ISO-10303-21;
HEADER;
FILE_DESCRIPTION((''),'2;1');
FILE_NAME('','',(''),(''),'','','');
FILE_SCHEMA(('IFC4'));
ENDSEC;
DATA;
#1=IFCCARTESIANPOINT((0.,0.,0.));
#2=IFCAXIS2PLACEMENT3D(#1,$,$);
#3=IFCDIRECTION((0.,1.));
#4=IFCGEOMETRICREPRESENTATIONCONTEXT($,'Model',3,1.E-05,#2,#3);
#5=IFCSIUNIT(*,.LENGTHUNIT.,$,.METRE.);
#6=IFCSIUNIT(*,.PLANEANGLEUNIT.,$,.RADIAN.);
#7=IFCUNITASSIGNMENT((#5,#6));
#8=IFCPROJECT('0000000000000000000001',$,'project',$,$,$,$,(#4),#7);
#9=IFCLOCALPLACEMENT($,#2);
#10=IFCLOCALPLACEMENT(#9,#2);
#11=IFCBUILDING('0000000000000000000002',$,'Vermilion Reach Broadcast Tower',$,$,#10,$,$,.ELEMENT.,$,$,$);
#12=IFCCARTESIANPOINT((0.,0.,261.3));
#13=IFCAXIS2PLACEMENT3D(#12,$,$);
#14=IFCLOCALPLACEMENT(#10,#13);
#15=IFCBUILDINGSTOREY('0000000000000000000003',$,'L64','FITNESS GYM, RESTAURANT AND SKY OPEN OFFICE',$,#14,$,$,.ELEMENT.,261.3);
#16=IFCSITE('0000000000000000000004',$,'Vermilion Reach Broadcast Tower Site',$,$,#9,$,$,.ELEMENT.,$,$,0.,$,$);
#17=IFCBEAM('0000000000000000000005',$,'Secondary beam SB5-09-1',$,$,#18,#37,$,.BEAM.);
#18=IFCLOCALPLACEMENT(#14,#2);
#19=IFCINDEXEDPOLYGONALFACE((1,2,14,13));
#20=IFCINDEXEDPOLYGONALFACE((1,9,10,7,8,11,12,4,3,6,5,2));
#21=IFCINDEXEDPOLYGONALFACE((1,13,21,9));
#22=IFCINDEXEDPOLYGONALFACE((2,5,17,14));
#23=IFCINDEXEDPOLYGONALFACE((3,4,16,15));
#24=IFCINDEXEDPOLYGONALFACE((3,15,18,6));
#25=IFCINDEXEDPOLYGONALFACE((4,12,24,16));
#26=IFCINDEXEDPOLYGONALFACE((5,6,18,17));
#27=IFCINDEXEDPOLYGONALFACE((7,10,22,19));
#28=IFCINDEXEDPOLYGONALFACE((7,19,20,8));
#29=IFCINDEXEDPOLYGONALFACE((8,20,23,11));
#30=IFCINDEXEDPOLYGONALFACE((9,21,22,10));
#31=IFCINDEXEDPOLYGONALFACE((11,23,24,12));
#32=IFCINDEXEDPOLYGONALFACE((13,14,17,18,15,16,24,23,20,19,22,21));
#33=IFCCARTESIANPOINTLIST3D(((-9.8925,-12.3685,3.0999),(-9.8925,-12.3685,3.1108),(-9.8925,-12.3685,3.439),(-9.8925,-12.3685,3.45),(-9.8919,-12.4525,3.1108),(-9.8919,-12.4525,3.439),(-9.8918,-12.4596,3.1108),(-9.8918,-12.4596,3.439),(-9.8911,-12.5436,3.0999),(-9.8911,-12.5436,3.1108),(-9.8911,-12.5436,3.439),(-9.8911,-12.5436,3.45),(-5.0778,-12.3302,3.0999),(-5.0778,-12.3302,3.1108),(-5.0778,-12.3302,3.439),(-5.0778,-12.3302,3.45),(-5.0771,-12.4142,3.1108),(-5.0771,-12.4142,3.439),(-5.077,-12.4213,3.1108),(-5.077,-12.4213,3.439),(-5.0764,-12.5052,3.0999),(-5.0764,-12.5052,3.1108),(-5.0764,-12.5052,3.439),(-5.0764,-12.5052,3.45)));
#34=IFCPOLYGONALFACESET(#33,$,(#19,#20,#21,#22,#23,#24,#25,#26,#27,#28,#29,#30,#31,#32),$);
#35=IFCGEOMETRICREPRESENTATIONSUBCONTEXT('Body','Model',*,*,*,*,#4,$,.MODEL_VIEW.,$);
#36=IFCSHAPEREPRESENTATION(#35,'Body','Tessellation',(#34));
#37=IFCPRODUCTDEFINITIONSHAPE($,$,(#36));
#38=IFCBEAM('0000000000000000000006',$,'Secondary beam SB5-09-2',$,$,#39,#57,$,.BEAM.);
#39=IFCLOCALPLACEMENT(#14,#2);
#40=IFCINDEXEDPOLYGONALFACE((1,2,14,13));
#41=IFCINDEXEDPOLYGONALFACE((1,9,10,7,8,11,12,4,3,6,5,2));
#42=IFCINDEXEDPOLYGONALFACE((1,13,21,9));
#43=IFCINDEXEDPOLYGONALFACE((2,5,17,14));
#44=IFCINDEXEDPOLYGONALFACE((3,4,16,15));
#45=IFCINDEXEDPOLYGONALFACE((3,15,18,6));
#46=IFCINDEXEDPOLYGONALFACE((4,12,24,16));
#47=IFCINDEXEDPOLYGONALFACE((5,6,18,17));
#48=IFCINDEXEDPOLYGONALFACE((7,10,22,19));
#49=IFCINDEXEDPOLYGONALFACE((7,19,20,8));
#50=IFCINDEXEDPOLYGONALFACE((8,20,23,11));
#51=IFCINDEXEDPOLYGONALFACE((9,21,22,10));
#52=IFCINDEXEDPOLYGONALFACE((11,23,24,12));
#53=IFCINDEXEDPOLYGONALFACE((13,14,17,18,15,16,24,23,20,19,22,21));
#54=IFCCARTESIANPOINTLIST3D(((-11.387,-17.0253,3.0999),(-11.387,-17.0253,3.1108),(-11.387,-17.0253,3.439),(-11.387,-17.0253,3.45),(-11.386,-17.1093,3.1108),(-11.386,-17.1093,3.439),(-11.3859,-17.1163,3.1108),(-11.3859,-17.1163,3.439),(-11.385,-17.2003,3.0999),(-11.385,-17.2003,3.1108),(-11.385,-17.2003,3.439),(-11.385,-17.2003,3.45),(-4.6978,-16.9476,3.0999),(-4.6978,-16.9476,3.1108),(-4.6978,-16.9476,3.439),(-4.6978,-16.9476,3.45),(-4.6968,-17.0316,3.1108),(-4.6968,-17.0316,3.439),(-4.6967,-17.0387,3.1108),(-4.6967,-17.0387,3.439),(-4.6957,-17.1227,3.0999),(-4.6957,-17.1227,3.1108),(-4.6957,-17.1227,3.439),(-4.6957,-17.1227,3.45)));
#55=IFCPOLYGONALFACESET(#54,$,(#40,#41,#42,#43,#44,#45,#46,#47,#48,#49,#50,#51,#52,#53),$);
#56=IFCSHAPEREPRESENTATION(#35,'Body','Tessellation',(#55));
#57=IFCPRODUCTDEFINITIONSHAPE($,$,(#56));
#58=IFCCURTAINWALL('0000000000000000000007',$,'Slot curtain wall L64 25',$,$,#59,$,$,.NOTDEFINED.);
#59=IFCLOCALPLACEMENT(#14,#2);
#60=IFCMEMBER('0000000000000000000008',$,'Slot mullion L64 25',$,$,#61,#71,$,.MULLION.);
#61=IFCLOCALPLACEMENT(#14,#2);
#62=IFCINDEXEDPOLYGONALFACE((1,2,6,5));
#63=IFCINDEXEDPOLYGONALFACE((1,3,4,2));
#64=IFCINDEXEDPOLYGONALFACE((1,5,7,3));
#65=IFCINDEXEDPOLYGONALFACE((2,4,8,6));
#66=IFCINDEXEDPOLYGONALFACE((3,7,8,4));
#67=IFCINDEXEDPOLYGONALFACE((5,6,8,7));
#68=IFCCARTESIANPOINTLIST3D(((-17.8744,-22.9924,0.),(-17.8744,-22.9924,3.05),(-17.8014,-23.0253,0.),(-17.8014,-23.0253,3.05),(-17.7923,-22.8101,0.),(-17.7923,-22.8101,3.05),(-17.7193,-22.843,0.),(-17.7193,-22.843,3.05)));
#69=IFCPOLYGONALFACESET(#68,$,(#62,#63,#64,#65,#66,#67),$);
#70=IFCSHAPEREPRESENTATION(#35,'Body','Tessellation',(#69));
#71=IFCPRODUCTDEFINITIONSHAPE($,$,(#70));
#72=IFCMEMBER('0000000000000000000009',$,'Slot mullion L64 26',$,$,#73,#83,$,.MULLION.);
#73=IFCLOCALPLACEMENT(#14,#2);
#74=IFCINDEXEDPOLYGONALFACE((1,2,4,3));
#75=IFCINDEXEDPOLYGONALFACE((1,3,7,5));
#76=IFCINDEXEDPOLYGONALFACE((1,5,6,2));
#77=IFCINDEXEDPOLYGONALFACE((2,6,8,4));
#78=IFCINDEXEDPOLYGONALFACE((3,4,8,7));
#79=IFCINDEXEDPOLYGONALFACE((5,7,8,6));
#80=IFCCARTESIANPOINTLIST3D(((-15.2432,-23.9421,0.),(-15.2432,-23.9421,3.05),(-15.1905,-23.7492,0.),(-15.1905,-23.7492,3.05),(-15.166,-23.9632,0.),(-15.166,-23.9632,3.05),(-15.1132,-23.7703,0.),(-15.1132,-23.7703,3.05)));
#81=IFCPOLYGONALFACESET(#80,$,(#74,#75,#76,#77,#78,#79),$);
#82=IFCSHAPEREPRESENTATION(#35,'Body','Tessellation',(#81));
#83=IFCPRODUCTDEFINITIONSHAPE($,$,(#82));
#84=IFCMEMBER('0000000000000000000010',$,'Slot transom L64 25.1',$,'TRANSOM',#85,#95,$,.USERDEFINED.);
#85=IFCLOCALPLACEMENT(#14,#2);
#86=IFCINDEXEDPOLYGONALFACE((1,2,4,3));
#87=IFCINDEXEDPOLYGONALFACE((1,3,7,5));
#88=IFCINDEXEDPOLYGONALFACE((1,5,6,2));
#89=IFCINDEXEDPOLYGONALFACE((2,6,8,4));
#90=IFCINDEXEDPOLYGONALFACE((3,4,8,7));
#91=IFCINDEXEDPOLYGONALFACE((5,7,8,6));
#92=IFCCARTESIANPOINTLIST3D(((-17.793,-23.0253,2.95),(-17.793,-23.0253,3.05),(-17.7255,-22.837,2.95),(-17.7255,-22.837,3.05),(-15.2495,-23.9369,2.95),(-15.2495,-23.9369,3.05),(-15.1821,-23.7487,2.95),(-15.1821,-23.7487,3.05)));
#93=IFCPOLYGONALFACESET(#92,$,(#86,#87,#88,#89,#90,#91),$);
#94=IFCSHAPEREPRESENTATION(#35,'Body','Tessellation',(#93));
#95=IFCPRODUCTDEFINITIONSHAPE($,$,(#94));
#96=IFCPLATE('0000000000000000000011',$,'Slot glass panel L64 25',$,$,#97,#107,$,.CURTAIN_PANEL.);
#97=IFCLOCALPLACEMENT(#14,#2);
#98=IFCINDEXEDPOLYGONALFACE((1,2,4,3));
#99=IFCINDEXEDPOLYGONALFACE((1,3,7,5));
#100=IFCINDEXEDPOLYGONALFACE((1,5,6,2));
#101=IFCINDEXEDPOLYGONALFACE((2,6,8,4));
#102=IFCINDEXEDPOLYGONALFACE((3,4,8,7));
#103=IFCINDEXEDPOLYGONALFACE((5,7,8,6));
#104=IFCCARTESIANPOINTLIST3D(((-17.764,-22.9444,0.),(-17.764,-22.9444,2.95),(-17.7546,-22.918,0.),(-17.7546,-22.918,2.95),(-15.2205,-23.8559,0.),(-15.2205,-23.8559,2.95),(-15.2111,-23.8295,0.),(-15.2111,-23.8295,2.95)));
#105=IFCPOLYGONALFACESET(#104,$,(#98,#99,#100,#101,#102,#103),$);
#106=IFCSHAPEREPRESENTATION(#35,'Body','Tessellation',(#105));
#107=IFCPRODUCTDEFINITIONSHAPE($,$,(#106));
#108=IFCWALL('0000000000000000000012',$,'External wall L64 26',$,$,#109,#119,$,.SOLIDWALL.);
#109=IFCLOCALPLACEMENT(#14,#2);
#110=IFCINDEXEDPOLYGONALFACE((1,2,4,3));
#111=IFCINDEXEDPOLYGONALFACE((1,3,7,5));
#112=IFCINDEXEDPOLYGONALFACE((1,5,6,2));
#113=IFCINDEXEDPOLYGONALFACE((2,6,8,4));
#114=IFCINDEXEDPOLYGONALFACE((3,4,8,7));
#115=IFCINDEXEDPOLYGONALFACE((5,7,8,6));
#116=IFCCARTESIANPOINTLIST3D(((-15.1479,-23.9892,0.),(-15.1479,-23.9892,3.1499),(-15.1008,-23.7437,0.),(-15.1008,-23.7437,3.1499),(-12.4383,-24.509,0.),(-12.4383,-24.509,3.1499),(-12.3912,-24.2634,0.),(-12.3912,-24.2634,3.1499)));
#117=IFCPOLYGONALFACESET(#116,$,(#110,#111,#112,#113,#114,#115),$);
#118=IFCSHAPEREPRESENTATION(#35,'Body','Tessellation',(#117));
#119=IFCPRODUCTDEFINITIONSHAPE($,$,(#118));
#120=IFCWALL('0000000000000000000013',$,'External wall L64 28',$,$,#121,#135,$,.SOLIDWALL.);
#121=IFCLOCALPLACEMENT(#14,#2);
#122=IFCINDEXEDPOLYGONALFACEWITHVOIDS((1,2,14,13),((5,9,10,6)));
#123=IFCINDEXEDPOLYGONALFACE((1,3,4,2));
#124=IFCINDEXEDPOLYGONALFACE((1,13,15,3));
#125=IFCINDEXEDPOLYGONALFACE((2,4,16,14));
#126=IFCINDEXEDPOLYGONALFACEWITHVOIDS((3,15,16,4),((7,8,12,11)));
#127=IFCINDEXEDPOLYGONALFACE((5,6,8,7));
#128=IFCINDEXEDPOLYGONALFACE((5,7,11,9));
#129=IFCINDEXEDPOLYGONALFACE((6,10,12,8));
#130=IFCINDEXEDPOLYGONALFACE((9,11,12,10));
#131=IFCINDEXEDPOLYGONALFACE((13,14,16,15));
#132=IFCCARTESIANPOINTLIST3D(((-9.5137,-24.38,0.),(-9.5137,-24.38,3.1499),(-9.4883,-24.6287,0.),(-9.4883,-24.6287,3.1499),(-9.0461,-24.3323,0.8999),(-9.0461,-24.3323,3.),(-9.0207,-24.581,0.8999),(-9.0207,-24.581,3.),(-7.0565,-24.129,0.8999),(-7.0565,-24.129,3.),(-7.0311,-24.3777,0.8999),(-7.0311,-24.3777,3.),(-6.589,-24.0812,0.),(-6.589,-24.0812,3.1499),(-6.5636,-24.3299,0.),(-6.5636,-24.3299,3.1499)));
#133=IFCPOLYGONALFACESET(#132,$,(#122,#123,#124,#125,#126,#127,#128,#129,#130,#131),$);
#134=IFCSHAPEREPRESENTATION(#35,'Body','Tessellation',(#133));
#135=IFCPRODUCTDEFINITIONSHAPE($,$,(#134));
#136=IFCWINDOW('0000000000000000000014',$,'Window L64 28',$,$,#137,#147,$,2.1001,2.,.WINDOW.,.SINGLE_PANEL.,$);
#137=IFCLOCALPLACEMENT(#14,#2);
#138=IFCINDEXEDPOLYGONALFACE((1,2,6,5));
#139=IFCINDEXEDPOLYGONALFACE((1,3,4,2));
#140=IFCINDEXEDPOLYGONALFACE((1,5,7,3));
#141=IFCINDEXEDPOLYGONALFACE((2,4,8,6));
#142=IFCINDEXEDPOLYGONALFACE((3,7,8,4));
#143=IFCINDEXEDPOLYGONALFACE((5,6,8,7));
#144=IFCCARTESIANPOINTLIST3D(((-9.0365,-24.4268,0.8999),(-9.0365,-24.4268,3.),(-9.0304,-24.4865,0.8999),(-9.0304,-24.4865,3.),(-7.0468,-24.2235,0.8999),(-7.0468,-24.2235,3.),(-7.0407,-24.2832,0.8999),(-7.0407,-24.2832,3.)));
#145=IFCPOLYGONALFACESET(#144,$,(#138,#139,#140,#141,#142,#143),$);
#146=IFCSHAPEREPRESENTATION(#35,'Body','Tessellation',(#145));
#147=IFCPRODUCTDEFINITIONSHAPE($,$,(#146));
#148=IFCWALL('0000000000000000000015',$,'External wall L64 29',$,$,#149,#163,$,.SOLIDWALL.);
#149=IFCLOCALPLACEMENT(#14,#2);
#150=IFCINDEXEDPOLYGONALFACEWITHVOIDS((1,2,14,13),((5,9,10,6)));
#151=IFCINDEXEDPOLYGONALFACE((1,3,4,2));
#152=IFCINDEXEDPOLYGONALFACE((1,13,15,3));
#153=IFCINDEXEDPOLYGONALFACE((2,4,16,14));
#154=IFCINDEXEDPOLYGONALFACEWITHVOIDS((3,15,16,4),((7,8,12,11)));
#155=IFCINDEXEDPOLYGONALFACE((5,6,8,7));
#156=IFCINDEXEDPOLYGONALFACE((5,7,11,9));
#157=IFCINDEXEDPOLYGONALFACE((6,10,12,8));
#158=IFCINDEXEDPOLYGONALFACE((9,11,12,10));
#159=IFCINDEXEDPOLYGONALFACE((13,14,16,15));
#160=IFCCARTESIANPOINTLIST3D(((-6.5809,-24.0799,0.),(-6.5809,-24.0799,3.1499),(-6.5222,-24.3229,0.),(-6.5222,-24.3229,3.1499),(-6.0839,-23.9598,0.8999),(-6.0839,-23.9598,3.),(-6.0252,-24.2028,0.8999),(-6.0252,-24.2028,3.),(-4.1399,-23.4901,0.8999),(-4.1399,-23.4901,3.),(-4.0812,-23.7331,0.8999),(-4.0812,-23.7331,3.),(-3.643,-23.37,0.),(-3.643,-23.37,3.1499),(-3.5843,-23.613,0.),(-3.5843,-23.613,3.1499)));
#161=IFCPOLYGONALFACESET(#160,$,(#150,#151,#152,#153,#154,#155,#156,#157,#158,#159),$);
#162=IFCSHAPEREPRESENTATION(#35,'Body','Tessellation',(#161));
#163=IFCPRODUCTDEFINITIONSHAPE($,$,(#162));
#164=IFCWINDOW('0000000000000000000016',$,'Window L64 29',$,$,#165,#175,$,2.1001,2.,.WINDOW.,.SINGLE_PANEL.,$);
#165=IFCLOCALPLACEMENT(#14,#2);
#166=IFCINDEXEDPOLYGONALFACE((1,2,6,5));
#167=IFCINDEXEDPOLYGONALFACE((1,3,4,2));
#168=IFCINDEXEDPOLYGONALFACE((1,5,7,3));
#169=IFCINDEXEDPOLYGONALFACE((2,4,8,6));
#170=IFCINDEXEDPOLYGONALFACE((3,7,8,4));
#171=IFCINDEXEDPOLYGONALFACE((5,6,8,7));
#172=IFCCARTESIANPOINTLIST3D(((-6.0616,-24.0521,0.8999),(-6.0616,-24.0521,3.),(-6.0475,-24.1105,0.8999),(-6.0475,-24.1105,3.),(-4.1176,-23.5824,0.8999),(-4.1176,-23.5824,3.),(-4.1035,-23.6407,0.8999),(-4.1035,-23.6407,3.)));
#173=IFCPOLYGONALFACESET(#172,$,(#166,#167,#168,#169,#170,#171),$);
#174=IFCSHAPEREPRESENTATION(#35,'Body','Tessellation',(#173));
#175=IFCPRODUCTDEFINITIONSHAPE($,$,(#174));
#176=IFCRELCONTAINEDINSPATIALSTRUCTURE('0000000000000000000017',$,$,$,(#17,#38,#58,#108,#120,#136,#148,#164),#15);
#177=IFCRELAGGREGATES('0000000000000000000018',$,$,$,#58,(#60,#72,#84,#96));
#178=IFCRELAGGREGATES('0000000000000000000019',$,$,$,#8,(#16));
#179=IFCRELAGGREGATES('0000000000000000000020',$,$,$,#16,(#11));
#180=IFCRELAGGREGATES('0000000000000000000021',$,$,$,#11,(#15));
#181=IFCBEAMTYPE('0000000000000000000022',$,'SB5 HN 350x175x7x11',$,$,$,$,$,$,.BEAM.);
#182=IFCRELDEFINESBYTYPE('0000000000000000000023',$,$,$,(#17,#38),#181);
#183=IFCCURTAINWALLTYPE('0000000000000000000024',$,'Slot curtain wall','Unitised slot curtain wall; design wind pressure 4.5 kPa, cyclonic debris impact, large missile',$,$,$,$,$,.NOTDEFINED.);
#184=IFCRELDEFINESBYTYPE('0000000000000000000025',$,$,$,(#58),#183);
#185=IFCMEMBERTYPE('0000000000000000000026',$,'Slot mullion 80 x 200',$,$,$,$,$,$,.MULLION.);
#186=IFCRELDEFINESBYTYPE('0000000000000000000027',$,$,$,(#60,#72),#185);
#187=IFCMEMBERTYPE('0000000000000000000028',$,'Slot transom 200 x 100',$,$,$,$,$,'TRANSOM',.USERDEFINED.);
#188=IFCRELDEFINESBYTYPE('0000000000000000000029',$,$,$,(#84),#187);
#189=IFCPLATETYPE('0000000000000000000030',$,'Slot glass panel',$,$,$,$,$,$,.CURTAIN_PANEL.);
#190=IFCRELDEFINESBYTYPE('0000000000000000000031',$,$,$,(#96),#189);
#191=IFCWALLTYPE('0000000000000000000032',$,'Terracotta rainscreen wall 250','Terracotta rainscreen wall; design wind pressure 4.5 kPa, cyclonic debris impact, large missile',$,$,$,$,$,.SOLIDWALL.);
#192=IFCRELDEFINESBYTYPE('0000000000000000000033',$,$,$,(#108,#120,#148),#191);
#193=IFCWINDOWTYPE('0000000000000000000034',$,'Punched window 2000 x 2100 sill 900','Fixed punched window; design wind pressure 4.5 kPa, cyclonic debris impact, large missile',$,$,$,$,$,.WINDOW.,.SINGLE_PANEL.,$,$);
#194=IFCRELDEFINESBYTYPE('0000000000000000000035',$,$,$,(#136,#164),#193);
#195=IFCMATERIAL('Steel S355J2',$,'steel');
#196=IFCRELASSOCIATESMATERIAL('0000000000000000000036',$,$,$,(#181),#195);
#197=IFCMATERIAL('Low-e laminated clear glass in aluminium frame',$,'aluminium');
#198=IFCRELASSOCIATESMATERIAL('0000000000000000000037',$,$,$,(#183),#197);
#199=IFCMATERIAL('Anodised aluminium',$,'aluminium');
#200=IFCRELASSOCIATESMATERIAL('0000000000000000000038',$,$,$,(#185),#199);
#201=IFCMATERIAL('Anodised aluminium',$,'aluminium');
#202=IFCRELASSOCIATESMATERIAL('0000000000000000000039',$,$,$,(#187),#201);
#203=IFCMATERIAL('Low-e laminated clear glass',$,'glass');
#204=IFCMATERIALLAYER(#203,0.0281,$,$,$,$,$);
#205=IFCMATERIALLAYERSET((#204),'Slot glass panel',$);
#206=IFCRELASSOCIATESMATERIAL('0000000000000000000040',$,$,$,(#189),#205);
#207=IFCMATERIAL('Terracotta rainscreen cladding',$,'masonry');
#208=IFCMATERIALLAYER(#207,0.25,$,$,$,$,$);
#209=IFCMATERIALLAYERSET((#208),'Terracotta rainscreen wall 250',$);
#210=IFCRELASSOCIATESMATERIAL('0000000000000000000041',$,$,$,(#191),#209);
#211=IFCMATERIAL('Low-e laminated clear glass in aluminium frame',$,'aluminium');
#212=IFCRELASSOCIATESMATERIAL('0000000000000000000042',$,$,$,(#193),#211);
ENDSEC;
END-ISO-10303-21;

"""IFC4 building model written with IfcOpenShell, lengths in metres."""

from ifc_helpers import new_model, si_unit, direction, frame, frame_2d, origin, origin_2d, place, context, subcontext, project, spatial, rectangle, i_section, extrude, material, layer, layer_set, material_profile, profile_set, type_object, element, fill, aggregate, save


model = new_model("IFC4")

# Units and contexts
model_context = context("Model", 3, precision=1e-05, world=origin(), true_north=direction((0.0, 1.0)))
body_context = subcontext(model_context, "Body", "Model", "MODEL_VIEW")
ifc_project = project(units=[si_unit("LENGTHUNIT", "METRE"), si_unit("PLANEANGLEUNIT", "RADIAN")], contexts=[model_context])

# Site, building, storey
site_placement = place(None, origin())
site = spatial("IfcSite", under=ifc_project, at=site_placement, Name="Vermilion Reach Broadcast Tower Site", CompositionType="ELEMENT", RefElevation=0.0)
building_placement = place(site_placement, origin())
building = spatial("IfcBuilding", under=site, at=building_placement, Name="Vermilion Reach Broadcast Tower", CompositionType="ELEMENT")
storey_placement = place(building_placement, frame((0.0, 0.0, 261.3)))
storey = spatial("IfcBuildingStorey", under=building, at=storey_placement, Name="L64", Description="FITNESS GYM, RESTAURANT AND SKY OPEN OFFICE", CompositionType="ELEMENT", Elevation=261.3)

# Beams
ifc_material_1 = material(Name="Steel S355J2", Category="steel")
ifc_material_profile_1 = material_profile(ifc_material_1, i_section(OverallWidth=0.175, OverallDepth=0.3501, WebThickness=0.0071, FlangeThickness=0.011, at=origin_2d()), Name="S355J2 HN 350x175x7x11")
ifc_profile_set_1 = profile_set([ifc_material_profile_1], Name="Steel S355J2")
beam_type_1 = type_object("IfcBeamType", Name="SB5 HN 350x175x7x11", PredefinedType="BEAM", material=ifc_profile_set_1)
beam_1_placement = place(storey_placement, frame((-9.8918, -12.4561, 3.2749), z_axis=(0.999968, 0.007961, 0.0), x_axis=(-0.007961, 0.999968, 0.0)))
element("IfcBeam", 1, at=beam_1_placement, inside=storey, type_object=beam_type_1, Name="Secondary beam SB5-09-1", PredefinedType="BEAM", context=body_context, shape_type="SweptSolid", body=[
    extrude(i_section(OverallWidth=0.175, OverallDepth=0.3501, WebThickness=0.0071, FlangeThickness=0.011, at=origin_2d()), origin(), (0.0, 0.0, 1.0), 4.8149),
])
beam_2_placement = place(storey_placement, frame((-11.386, -17.1128, 3.2749), z_axis=(0.999933, 0.011605, 0.0), x_axis=(-0.011605, 0.999933, 0.0)))
element("IfcBeam", 2, at=beam_2_placement, inside=storey, type_object=beam_type_1, Name="Secondary beam SB5-09-2", PredefinedType="BEAM", context=body_context, shape_type="SweptSolid", body=[
    extrude(i_section(OverallWidth=0.175, OverallDepth=0.3501, WebThickness=0.0071, FlangeThickness=0.011, at=origin_2d()), origin(), (0.0, 0.0, 1.0), 6.6897),
])

# Curtain wall, members, plate
ifc_material_2 = material(Name="Low-e laminated clear glass in aluminium frame", Category="aluminium")
curtain_wall_type = type_object("IfcCurtainWallType", Name="Slot curtain wall", Description="Unitised slot curtain wall; design wind pressure 4.5 kPa, cyclonic debris impact, large missile", PredefinedType="NOTDEFINED", material=ifc_material_2)
curtain_wall_placement = place(storey_placement, origin())
curtain_wall = element("IfcCurtainWall", 3, at=curtain_wall_placement, inside=storey, type_object=curtain_wall_type, Name="Slot curtain wall L64 25", PredefinedType="NOTDEFINED")
ifc_material_3 = material(Name="Anodised aluminium", Category="aluminium")
ifc_material_profile_2 = material_profile(ifc_material_3, rectangle(XDim=0.2, YDim=0.0801, at=origin_2d()), Name="Slot mullion 80 x 200")
ifc_profile_set_2 = profile_set([ifc_material_profile_2], Name="Anodised aluminium")
member_type_1 = type_object("IfcMemberType", Name="Slot mullion 80 x 200", PredefinedType="MULLION", material=ifc_profile_set_2)
member_1_placement = place(storey_placement, frame((-17.7969, -22.9177, 0.0), z_axis=(0.0, 0.0, 1.0), x_axis=(0.410736, 0.911754, 0.0)))
member_1 = element("IfcMember", 4, at=member_1_placement, type_object=member_type_1, Name="Slot mullion L64 25", PredefinedType="MULLION", context=body_context, shape_type="SweptSolid", body=[
    extrude(rectangle(XDim=0.2, YDim=0.0801, at=origin_2d()), origin(), (0.0, 0.0, 1.0), 3.05),
])
member_2_placement = place(storey_placement, frame((-15.1782, -23.8562, 0.0), z_axis=(0.0, 0.0, 1.0), x_axis=(0.263646, 0.964619, 0.0)))
member_2 = element("IfcMember", 5, at=member_2_placement, type_object=member_type_1, Name="Slot mullion L64 26", PredefinedType="MULLION", context=body_context, shape_type="SweptSolid", body=[
    extrude(rectangle(XDim=0.2, YDim=0.0801, at=origin_2d()), origin(), (0.0, 0.0, 1.0), 3.05),
])
ifc_material_4 = material(Name="Anodised aluminium", Category="aluminium")
ifc_material_profile_3 = material_profile(ifc_material_4, rectangle(XDim=0.2, YDim=0.1001, at=origin_2d()), Name="Slot transom 200 x 100")
ifc_profile_set_3 = profile_set([ifc_material_profile_3], Name="Anodised aluminium")
member_type_2 = type_object("IfcMemberType", Name="Slot transom 200 x 100", ElementType="TRANSOM", PredefinedType="USERDEFINED", material=ifc_profile_set_3)
member_3_placement = place(storey_placement, frame((-17.7593, -22.9312, 3.0), z_axis=(0.941361, -0.337401, 0.0), x_axis=(0.337401, 0.941361, 0.0)))
member_3 = element("IfcMember", 6, at=member_3_placement, type_object=member_type_2, Name="Slot transom L64 25.1", ObjectType="TRANSOM", PredefinedType="USERDEFINED", context=body_context, shape_type="SweptSolid", body=[
    extrude(rectangle(XDim=0.2, YDim=0.1001, at=origin_2d()), origin(), (0.0, 0.0, 1.0), 2.7019),
])
ifc_material_5 = material(Name="Low-e laminated clear glass", Category="glass")
ifc_layer_1 = layer(ifc_material_5, 0.0281)
ifc_layer_set_1 = layer_set([ifc_layer_1], Name="Slot glass panel")
plate_type = type_object("IfcPlateType", Name="Slot glass panel", PredefinedType="CURTAIN_PANEL", material=ifc_layer_set_1)
plate_placement = place(storey_placement, frame((-16.4875, -23.387, 0.0), z_axis=(0.0, 0.0, 1.0), x_axis=(0.94138, -0.337349, 0.0)))
plate = element("IfcPlate", 7, at=plate_placement, type_object=plate_type, Name="Slot glass panel L64 25", PredefinedType="CURTAIN_PANEL", context=body_context, shape_type="SweptSolid", body=[
    extrude(rectangle(XDim=2.7019, YDim=0.0281, at=origin_2d()), origin(), (0.0, 0.0, 1.0), 2.95),
])
aggregate(curtain_wall, [member_1, member_2, member_3, plate])

# Wall
ifc_material_6 = material(Name="Terracotta rainscreen cladding", Category="masonry")
ifc_layer_2 = layer(ifc_material_6, 0.25)
ifc_layer_set_2 = layer_set([ifc_layer_2], Name="Terracotta rainscreen wall 250")
wall_type = type_object("IfcWallType", Name="Terracotta rainscreen wall 250", Description="Terracotta rainscreen wall; design wind pressure 4.5 kPa, cyclonic debris impact, large missile", PredefinedType="SOLIDWALL", material=ifc_layer_set_2)
wall_1_placement = place(storey_placement, frame((-15.1243, -23.8665, 0.0), z_axis=(0.0, 0.0, 1.0), x_axis=(0.982095, -0.188385, 0.0)))
element("IfcWall", 8, at=wall_1_placement, inside=storey, type_object=wall_type, Name="External wall L64 26", PredefinedType="SOLIDWALL", context=body_context, shape_type="SweptSolid", body=[
    extrude(rectangle(XDim=2.759, YDim=0.25, at=frame_2d((1.3794, 0.0))), origin(), (0.0, 0.0, 1.0), 3.1499),
])

# Walls, openings, windows
wall_2_placement = place(storey_placement, frame((-9.501, -24.5044, 0.0), z_axis=(0.0, 0.0, 1.0), x_axis=(0.994821, 0.101641, 0.0)))
wall_2 = element("IfcWall", 9, at=wall_2_placement, inside=storey, type_object=wall_type, Name="External wall L64 28", PredefinedType="SOLIDWALL", context=body_context, shape_type="SweptSolid", body=[
    extrude(rectangle(XDim=2.9399, YDim=0.25, at=frame_2d((1.47, 0.0))), origin(), (0.0, 0.0, 1.0), 3.1499),
])
opening_1_placement = place(wall_2_placement, frame((0.47, 0.0, 0.8999)))
opening_1 = element("IfcOpeningElement", 10, at=opening_1_placement, cuts=wall_2, PredefinedType="OPENING", context=body_context, shape_type="SweptSolid", body=[
    extrude(rectangle(XDim=2.0, YDim=2.1001, at=frame_2d((1.0, 1.05))), frame((0.0, 0.135, 0.0), z_axis=(0.0, -1.0, 0.0), x_axis=(1.0, 0.0, 0.0)), (0.0, 0.0, 1.0), 0.27),
])
ifc_material_7 = material(Name="Low-e laminated clear glass in aluminium frame", Category="aluminium")
window_type = type_object("IfcWindowType", Name="Punched window 2000 x 2100 sill 900", Description="Fixed punched window; design wind pressure 4.5 kPa, cyclonic debris impact, large missile", PartitioningType="SINGLE_PANEL", PredefinedType="WINDOW", material=ifc_material_7)
window_1_placement = place(opening_1_placement, origin())
window_1 = element("IfcWindow", 11, at=window_1_placement, inside=storey, type_object=window_type, Name="Window L64 28", OverallHeight=2.1001, OverallWidth=2.0, PartitioningType="SINGLE_PANEL", PredefinedType="WINDOW", context=body_context, shape_type="SweptSolid", body=[
    extrude(rectangle(XDim=2.0, YDim=2.1001, at=frame_2d((1.0, 1.05))), frame((0.0, 0.03, 0.0), z_axis=(0.0, -1.0, 0.0), x_axis=(1.0, 0.0, 0.0)), (0.0, 0.0, 1.0), 0.0601),
])
fill(opening_1, window_1)
wall_3_placement = place(storey_placement, frame((-6.5515, -24.2014, 0.0), z_axis=(0.0, 0.0, 1.0), x_axis=(0.972022, 0.234888, 0.0)))
wall_3 = element("IfcWall", 12, at=wall_3_placement, inside=storey, type_object=wall_type, Name="External wall L64 29", PredefinedType="SOLIDWALL", context=body_context, shape_type="SweptSolid", body=[
    extrude(rectangle(XDim=3.0225, YDim=0.25, at=frame_2d((1.5112, 0.0))), origin(), (0.0, 0.0, 1.0), 3.1499),
])
opening_2_placement = place(wall_3_placement, frame((0.5112, 0.0, 0.8999)))
opening_2 = element("IfcOpeningElement", 13, at=opening_2_placement, cuts=wall_3, PredefinedType="OPENING", context=body_context, shape_type="SweptSolid", body=[
    extrude(rectangle(XDim=2.0, YDim=2.1001, at=frame_2d((1.0, 1.05))), frame((0.0, 0.135, 0.0), z_axis=(0.0, -1.0, 0.0), x_axis=(1.0, 0.0, 0.0)), (0.0, 0.0, 1.0), 0.27),
])
window_2_placement = place(opening_2_placement, origin())
window_2 = element("IfcWindow", 14, at=window_2_placement, inside=storey, type_object=window_type, Name="Window L64 29", OverallHeight=2.1001, OverallWidth=2.0, PartitioningType="SINGLE_PANEL", PredefinedType="WINDOW", context=body_context, shape_type="SweptSolid", body=[
    extrude(rectangle(XDim=2.0, YDim=2.1001, at=frame_2d((1.0, 1.05))), frame((0.0, 0.03, 0.0), z_axis=(0.0, -1.0, 0.0), x_axis=(1.0, 0.0, 0.0)), (0.0, 0.0, 1.0), 0.0601),
])
fill(opening_2, window_2)

save(model, "model.ifc")
